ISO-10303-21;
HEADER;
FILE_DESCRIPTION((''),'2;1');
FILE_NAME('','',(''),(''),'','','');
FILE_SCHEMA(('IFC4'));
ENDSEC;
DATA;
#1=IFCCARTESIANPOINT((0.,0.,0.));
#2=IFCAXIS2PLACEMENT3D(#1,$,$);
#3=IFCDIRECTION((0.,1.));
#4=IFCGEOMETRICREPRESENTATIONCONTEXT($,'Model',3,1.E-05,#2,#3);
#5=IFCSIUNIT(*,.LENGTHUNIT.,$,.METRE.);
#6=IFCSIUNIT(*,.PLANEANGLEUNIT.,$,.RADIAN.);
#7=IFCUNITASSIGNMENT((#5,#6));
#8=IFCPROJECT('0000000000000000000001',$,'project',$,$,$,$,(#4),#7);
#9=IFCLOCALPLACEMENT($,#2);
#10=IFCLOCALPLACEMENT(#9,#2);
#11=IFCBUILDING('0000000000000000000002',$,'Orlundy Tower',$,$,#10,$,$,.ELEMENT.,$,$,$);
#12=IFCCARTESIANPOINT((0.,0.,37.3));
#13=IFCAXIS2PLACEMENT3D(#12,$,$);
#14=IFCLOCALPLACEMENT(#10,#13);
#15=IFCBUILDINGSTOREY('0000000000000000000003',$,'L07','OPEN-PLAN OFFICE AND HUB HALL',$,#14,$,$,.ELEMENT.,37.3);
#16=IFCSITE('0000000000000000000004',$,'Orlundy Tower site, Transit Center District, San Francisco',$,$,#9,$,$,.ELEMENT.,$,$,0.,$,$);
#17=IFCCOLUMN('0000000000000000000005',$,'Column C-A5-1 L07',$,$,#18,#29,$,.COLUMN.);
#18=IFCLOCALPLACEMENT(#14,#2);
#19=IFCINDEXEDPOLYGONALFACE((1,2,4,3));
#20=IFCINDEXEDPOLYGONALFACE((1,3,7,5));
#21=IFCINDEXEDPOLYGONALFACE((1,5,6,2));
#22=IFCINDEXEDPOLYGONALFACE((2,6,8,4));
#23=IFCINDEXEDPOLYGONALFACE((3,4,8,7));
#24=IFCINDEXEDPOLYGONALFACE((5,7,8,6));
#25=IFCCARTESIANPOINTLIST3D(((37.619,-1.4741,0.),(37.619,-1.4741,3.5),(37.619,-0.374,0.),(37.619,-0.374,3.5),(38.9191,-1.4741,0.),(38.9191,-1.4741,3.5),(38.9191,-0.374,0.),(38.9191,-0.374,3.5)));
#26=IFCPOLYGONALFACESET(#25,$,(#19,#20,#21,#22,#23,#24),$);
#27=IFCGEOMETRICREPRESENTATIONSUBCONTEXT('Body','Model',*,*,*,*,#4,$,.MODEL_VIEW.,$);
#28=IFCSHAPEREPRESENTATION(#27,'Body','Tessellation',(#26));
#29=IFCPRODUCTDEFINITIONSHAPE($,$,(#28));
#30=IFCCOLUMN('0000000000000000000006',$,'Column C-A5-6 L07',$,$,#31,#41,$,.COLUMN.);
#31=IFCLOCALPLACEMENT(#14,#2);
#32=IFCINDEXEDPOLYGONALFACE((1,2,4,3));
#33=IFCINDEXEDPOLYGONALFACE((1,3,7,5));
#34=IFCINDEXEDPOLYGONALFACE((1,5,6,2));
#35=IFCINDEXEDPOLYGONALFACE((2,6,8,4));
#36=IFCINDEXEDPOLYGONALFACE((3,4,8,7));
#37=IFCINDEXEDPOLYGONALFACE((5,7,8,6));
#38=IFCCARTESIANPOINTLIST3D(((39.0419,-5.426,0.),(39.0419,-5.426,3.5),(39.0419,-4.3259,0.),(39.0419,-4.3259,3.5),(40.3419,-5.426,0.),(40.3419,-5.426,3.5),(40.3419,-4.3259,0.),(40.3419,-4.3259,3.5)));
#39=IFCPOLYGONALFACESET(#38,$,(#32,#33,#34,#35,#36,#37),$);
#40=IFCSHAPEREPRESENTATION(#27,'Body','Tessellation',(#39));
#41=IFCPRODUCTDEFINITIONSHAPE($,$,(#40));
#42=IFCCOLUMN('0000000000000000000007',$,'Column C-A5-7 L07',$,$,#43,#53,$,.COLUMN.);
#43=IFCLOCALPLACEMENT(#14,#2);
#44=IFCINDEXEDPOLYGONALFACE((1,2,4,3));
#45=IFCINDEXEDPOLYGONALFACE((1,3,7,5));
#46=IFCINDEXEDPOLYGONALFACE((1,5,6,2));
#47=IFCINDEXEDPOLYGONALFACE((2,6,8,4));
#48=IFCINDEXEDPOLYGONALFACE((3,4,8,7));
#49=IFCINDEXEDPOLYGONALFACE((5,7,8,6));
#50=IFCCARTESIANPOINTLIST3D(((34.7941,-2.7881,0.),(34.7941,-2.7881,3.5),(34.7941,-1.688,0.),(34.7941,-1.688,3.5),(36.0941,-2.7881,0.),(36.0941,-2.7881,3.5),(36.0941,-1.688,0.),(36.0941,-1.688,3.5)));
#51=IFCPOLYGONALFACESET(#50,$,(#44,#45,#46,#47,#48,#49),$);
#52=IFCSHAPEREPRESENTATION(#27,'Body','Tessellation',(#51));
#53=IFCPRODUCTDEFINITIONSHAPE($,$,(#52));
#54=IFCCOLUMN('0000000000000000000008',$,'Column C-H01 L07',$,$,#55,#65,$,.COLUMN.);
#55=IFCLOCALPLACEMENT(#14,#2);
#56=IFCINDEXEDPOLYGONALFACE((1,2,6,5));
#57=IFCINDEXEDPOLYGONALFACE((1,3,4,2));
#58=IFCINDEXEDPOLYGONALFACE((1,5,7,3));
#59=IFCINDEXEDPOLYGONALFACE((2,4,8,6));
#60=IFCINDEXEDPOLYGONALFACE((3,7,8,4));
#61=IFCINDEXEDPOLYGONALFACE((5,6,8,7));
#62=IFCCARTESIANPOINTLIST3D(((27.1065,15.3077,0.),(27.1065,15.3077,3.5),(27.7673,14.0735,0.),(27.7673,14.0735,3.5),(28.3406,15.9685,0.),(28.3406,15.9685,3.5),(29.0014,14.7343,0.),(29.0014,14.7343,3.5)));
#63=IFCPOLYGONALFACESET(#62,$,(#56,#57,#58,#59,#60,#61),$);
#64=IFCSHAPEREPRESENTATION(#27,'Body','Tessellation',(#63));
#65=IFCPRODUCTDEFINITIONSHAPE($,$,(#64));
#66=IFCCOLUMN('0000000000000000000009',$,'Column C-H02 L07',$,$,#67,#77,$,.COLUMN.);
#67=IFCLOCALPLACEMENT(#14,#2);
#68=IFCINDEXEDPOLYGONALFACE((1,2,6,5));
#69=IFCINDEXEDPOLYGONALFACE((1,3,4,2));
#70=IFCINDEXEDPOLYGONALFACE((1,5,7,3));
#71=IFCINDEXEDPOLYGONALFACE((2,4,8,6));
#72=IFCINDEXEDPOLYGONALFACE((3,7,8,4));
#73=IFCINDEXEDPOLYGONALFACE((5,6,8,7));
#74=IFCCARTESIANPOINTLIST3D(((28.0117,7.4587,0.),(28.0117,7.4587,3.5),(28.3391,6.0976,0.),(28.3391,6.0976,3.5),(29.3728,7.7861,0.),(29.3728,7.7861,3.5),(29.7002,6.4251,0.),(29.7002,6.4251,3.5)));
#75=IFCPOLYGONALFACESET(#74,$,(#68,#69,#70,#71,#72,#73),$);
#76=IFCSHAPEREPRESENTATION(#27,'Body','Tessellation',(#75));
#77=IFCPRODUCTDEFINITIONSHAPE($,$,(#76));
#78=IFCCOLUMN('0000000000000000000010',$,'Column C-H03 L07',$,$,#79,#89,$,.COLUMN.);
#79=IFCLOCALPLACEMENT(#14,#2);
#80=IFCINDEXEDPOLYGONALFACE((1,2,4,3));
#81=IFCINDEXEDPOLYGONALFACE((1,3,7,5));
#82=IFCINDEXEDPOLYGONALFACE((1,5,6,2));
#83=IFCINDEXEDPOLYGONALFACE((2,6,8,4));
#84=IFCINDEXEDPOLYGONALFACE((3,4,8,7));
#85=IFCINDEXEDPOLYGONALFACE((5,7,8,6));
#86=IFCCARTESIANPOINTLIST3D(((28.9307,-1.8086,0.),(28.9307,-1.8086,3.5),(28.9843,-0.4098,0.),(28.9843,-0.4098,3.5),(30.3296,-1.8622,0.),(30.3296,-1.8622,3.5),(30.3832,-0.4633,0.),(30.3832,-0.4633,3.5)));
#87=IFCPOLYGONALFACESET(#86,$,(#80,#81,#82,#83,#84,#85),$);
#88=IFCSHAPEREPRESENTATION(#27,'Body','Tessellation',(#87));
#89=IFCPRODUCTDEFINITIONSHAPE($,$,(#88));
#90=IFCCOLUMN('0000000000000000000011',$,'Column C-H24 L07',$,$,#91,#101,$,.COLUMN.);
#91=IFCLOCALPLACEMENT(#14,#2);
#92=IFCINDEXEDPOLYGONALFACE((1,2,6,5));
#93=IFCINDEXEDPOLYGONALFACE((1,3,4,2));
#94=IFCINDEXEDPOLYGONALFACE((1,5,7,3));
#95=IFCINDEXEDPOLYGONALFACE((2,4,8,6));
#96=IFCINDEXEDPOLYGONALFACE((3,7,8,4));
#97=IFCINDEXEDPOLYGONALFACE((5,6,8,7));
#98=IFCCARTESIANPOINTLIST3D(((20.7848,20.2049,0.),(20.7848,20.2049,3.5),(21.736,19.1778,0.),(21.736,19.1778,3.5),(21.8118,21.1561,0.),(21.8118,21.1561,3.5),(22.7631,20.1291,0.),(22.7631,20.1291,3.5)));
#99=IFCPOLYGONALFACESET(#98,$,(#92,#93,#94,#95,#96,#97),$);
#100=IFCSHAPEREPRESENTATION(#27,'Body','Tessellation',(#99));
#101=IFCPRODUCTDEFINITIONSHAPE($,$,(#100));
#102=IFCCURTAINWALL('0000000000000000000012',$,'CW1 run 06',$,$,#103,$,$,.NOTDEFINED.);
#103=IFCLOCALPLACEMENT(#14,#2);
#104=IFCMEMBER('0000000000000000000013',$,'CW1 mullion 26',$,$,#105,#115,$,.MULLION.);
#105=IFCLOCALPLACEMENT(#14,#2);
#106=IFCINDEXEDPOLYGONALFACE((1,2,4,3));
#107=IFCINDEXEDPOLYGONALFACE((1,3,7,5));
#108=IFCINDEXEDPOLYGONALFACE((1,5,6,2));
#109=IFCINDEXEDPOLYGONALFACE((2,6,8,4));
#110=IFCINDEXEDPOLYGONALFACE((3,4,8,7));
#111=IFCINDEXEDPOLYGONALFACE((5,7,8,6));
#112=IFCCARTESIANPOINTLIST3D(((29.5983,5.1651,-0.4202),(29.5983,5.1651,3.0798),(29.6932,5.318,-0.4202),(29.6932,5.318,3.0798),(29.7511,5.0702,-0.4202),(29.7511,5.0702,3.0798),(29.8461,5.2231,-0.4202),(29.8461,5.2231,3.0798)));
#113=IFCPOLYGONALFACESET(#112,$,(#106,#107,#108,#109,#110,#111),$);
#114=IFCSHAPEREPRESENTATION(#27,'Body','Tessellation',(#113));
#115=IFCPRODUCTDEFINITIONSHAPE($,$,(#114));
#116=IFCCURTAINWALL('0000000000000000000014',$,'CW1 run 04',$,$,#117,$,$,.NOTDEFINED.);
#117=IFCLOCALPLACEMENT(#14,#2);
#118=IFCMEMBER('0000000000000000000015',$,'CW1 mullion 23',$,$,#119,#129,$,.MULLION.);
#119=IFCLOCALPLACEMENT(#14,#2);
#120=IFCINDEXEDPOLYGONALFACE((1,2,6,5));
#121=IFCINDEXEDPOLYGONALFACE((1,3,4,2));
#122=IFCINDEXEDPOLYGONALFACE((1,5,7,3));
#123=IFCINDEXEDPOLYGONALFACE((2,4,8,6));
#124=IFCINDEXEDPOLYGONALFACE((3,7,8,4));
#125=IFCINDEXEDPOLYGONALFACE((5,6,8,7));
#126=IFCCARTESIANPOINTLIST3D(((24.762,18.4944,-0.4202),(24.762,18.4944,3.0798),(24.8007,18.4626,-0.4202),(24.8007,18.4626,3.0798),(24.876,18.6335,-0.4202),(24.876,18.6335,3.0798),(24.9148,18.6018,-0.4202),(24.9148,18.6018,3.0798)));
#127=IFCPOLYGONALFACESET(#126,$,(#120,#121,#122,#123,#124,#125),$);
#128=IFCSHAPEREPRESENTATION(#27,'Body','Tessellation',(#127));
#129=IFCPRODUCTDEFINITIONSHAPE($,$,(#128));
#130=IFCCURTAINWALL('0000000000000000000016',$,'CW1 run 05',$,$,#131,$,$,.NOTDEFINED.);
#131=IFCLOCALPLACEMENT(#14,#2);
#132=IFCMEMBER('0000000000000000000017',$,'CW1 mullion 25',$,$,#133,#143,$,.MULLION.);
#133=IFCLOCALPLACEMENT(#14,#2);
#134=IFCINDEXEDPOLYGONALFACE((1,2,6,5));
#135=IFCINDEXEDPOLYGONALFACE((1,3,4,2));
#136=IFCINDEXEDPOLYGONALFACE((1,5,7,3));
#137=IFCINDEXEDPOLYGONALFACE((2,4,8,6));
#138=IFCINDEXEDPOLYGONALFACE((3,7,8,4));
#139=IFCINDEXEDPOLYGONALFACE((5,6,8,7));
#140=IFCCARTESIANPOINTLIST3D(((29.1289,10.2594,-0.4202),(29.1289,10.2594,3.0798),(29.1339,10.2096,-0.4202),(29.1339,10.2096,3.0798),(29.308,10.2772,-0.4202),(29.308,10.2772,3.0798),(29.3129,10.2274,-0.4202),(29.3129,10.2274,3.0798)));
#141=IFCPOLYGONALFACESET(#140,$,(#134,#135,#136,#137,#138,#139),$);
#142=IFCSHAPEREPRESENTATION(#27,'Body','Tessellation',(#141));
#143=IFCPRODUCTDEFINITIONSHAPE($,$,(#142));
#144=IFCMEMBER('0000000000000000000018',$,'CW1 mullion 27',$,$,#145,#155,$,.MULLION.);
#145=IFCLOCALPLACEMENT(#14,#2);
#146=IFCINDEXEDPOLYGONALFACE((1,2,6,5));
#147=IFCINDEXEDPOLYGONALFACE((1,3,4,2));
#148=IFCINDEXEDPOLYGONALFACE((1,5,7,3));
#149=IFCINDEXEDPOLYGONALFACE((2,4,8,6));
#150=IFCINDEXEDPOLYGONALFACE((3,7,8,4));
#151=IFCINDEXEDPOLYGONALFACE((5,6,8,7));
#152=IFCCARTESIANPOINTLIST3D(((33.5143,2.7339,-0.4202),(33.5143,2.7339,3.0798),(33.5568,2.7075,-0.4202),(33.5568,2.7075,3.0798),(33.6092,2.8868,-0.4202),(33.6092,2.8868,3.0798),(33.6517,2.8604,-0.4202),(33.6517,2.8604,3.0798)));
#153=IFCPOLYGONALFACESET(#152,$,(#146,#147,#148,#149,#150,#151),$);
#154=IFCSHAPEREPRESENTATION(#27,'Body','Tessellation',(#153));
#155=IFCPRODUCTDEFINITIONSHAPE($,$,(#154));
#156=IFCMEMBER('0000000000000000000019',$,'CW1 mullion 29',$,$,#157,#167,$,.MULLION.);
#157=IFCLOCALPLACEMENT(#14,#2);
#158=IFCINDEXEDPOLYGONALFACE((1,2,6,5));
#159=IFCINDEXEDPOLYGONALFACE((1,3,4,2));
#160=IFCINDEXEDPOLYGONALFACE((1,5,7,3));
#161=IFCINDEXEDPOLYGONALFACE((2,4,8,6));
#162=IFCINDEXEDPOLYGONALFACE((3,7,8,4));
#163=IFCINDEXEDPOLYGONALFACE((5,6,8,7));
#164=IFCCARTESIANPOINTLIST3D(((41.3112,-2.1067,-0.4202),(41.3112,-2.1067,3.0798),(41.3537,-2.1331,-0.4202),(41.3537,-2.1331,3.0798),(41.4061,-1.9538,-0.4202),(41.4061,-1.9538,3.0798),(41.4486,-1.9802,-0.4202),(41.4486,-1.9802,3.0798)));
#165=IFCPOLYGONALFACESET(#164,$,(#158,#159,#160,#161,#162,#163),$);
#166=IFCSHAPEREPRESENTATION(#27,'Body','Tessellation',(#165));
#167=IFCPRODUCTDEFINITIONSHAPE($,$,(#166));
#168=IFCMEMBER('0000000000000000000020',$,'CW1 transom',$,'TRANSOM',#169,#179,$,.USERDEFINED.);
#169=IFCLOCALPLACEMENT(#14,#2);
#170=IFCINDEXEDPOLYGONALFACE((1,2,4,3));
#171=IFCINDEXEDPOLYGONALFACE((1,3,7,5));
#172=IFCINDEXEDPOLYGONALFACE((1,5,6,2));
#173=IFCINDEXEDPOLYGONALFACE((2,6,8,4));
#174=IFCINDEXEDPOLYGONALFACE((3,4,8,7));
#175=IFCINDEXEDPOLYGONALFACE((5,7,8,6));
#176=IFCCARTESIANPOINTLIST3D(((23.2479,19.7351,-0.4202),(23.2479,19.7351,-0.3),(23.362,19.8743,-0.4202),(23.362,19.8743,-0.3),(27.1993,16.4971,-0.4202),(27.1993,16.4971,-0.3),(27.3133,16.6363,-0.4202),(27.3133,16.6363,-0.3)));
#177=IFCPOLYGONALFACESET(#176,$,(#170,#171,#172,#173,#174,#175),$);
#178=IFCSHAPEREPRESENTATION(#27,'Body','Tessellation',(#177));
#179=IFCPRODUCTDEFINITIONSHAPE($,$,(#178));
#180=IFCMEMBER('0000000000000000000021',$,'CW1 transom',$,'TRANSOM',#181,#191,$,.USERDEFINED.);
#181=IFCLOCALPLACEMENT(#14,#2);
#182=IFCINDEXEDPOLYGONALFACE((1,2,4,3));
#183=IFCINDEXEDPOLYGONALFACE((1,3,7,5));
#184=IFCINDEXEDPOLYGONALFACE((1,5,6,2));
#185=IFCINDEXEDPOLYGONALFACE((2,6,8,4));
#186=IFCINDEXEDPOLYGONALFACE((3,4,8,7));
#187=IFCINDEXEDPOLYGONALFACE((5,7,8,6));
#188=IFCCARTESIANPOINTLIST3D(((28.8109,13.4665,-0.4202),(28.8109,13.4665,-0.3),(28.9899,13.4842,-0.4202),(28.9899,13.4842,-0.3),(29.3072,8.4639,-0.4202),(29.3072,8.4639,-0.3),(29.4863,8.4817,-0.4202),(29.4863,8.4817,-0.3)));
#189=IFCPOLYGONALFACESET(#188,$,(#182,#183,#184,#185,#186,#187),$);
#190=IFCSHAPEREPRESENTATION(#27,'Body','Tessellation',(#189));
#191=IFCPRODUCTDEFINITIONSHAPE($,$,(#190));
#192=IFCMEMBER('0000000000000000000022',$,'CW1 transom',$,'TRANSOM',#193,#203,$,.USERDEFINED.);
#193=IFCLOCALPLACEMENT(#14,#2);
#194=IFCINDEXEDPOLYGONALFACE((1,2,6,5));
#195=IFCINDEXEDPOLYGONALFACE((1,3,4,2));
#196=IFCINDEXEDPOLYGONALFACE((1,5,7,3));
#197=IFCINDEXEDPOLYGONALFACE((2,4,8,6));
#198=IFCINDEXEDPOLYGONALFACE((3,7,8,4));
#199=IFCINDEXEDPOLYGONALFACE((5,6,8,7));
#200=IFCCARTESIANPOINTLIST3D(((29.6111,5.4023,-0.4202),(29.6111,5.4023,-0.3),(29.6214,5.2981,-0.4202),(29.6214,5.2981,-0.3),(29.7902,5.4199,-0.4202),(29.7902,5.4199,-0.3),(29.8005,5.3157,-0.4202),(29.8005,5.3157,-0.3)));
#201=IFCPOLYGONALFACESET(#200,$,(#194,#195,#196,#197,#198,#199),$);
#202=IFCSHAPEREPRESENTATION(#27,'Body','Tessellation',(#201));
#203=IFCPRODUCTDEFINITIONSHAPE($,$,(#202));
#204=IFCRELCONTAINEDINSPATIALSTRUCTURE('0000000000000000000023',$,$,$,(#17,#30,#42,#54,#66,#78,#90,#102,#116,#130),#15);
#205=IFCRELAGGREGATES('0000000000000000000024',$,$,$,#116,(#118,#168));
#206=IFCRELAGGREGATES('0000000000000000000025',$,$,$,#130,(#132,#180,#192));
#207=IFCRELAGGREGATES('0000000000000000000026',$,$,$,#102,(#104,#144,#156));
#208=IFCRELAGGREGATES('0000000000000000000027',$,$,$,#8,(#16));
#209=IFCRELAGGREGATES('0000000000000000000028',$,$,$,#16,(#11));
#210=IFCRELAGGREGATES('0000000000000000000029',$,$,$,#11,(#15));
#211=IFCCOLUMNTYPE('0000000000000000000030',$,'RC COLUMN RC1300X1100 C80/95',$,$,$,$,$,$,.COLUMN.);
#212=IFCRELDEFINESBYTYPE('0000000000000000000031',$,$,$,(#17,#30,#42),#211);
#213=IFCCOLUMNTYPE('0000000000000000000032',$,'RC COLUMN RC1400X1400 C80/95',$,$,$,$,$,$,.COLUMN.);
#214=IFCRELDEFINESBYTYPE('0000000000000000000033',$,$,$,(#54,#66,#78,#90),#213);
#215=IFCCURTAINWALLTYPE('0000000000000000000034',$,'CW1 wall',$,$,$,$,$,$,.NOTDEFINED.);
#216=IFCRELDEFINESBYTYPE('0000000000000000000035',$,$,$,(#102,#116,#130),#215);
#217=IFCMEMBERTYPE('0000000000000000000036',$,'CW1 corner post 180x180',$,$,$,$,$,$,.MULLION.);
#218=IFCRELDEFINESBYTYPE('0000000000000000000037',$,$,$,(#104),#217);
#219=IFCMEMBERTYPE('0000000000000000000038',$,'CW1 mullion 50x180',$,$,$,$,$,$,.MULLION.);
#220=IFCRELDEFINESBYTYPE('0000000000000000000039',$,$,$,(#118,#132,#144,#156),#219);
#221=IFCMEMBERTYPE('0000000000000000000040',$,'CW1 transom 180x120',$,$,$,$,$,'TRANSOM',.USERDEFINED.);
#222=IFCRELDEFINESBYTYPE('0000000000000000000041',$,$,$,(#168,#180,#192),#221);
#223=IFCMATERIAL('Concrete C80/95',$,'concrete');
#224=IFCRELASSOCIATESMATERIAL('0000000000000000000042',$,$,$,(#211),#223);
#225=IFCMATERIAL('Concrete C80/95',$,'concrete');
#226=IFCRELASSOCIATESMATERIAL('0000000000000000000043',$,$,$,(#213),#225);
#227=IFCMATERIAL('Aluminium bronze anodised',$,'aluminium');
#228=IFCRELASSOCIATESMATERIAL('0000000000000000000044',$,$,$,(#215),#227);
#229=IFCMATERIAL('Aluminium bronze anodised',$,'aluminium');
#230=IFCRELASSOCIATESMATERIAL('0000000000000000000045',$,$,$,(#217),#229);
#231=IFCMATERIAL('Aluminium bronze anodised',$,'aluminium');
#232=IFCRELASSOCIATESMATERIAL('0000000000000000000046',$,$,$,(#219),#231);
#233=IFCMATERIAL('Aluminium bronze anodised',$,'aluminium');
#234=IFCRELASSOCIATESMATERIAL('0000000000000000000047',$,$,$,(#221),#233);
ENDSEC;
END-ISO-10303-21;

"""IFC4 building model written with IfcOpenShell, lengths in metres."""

from ifc_helpers import new_model, si_unit, direction, frame, origin, origin_2d, place, context, subcontext, project, spatial, rectangle, extrude, material, material_profile, profile_set, type_object, element, aggregate, save


model = new_model("IFC4")

# Units and contexts
model_context = context("Model", 3, precision=1e-05, world=origin(), true_north=direction((0.0, 1.0)))
body_context = subcontext(model_context, "Body", "Model", "MODEL_VIEW")
ifc_project = project(units=[si_unit("LENGTHUNIT", "METRE"), si_unit("PLANEANGLEUNIT", "RADIAN")], contexts=[model_context])

# Site, building, storey
site_placement = place(None, origin())
site = spatial("IfcSite", under=ifc_project, at=site_placement, Name="Orlundy Tower site, Transit Center District, San Francisco", CompositionType="ELEMENT", RefElevation=0.0)
building_placement = place(site_placement, origin())
building = spatial("IfcBuilding", under=site, at=building_placement, Name="Orlundy Tower", CompositionType="ELEMENT")
storey_placement = place(building_placement, frame((0.0, 0.0, 37.3)))
storey = spatial("IfcBuildingStorey", under=building, at=storey_placement, Name="L07", Description="OPEN-PLAN OFFICE AND HUB HALL", CompositionType="ELEMENT", Elevation=37.3)

# Columns
ifc_material_1 = material(Name="Concrete C80/95", Category="concrete")
ifc_material_profile_1 = material_profile(ifc_material_1, rectangle(XDim=1.3, YDim=1.1001, at=origin_2d()), Name="RC1300X1100")
ifc_profile_set_1 = profile_set([ifc_material_profile_1], Name="Concrete C80/95")
column_type_1 = type_object("IfcColumnType", Name="RC COLUMN RC1300X1100 C80/95", PredefinedType="COLUMN", material=ifc_profile_set_1)
for number, where, z_axis, x_axis, name in (
    (1, (38.269, -0.9241, 0.0), (0.0, 0.0, 1.0), (1.0, 0.0, 0.0), "Column C-A5-1 L07"),
    (2, (39.6919, -4.876, 0.0), (0.0, 0.0, 1.0), (1.0, 0.0, 0.0), "Column C-A5-6 L07"),
    (3, (35.4441, -2.238, 0.0), (0.0, 0.0, 1.0), (1.0, 0.0, 0.0), "Column C-A5-7 L07"),
):
    element("IfcColumn", number, at=place(storey_placement, frame(where, z_axis=z_axis, x_axis=x_axis)), inside=storey, type_object=column_type_1, Name=name, PredefinedType="COLUMN", context=body_context, shape_type="SweptSolid", body=[
        extrude(rectangle(XDim=1.3, YDim=1.1001, at=origin_2d()), origin(), (0.0, 0.0, 1.0), 3.5),
    ])
ifc_material_2 = material(Name="Concrete C80/95", Category="concrete")
ifc_material_profile_2 = material_profile(ifc_material_2, rectangle(XDim=1.3999, YDim=1.3999, at=origin_2d()), Name="RC1400X1400")
ifc_profile_set_2 = profile_set([ifc_material_profile_2], Name="Concrete C80/95")
column_type_2 = type_object("IfcColumnType", Name="RC COLUMN RC1400X1400 C80/95", PredefinedType="COLUMN", material=ifc_profile_set_2)
for number, where, z_axis, x_axis, name in (
    (4, (28.054, 15.021, 0.0), (0.0, 0.0, 1.0), (0.881584, 0.472028, 0.0), "Column C-H01 L07"),
    (5, (28.856, 6.9419, 0.0), (0.0, 0.0, 1.0), (0.97226, 0.233904, 0.0), "Column C-H02 L07"),
    (6, (29.657, -1.136, 0.0), (0.0, 0.0, 1.0), (0.999267, -0.038283, 0.0), "Column C-H03 L07"),
    (7, (21.7739, 20.167, 0.0), (0.0, 0.0, 1.0), (0.733659, 0.679518, 0.0), "Column C-H24 L07"),
):
    element("IfcColumn", number, at=place(storey_placement, frame(where, z_axis=z_axis, x_axis=x_axis)), inside=storey, type_object=column_type_2, Name=name, PredefinedType="COLUMN", context=body_context, shape_type="SweptSolid", body=[
        extrude(rectangle(XDim=1.3999, YDim=1.3999, at=origin_2d()), origin(), (0.0, 0.0, 1.0), 3.5),
    ])

# Curtain walls, members
ifc_material_3 = material(Name="Aluminium bronze anodised", Category="aluminium")
curtain_wall_type = type_object("IfcCurtainWallType", Name="CW1 wall", PredefinedType="NOTDEFINED", material=ifc_material_3)
curtain_wall_1_placement = place(storey_placement, origin())
curtain_wall_1 = element("IfcCurtainWall", 8, at=curtain_wall_1_placement, inside=storey, type_object=curtain_wall_type, Name="CW1 run 06", PredefinedType="NOTDEFINED")
ifc_material_4 = material(Name="Aluminium bronze anodised", Category="aluminium")
ifc_material_profile_3 = material_profile(ifc_material_4, rectangle(XDim=0.1799, YDim=0.1799, at=origin_2d()), Name="CW1 corner post 180x180")
ifc_profile_set_3 = profile_set([ifc_material_profile_3], Name="Aluminium bronze anodised")
member_type_1 = type_object("IfcMemberType", Name="CW1 corner post 180x180", PredefinedType="MULLION", material=ifc_profile_set_3)
member_1_placement = place(storey_placement, frame((29.7222, 5.1941, -0.4202), z_axis=(0.0, 0.0, 1.0), x_axis=(0.527453, 0.849584, 0.0)))
member_1 = element("IfcMember", 9, at=member_1_placement, type_object=member_type_1, Name="CW1 mullion 26", PredefinedType="MULLION", context=body_context, shape_type="SweptSolid", body=[
    extrude(rectangle(XDim=0.1799, YDim=0.1799, at=origin_2d()), origin(), (0.0, 0.0, 1.0), 3.5),
])
curtain_wall_2_placement = place(storey_placement, origin())
curtain_wall_2 = element("IfcCurtainWall", 10, at=curtain_wall_2_placement, inside=storey, type_object=curtain_wall_type, Name="CW1 run 04", PredefinedType="NOTDEFINED")
ifc_material_5 = material(Name="Aluminium bronze anodised", Category="aluminium")
ifc_material_profile_4 = material_profile(ifc_material_5, rectangle(XDim=0.1799, YDim=0.05, at=origin_2d()), Name="CW1 mullion 50x180")
ifc_profile_set_4 = profile_set([ifc_material_profile_4], Name="Aluminium bronze anodised")
member_type_2 = type_object("IfcMemberType", Name="CW1 mullion 50x180", PredefinedType="MULLION", material=ifc_profile_set_4)
member_2_placement = place(storey_placement, frame((24.8384, 18.5481, -0.4202), z_axis=(0.0, 0.0, 1.0), x_axis=(0.633818, 0.773482, 0.0)))
member_2 = element("IfcMember", 11, at=member_2_placement, type_object=member_type_2, Name="CW1 mullion 23", PredefinedType="MULLION", context=body_context, shape_type="SweptSolid", body=[
    extrude(rectangle(XDim=0.1799, YDim=0.05, at=origin_2d()), origin(), (0.0, 0.0, 1.0), 3.5),
])
curtain_wall_3_placement = place(storey_placement, origin())
curtain_wall_3 = element("IfcCurtainWall", 12, at=curtain_wall_3_placement, inside=storey, type_object=curtain_wall_type, Name="CW1 run 05", PredefinedType="NOTDEFINED")
member_3_placement = place(storey_placement, frame((29.2209, 10.2434, -0.4202), z_axis=(0.0, 0.0, 1.0), x_axis=(0.995111, 0.098759, 0.0)))
member_3 = element("IfcMember", 13, at=member_3_placement, type_object=member_type_2, Name="CW1 mullion 25", PredefinedType="MULLION", context=body_context, shape_type="SweptSolid", body=[
    extrude(rectangle(XDim=0.1799, YDim=0.05, at=origin_2d()), origin(), (0.0, 0.0, 1.0), 3.5),
])

# Members
member_4_placement = place(storey_placement, frame((33.583, 2.7971, -0.4202), z_axis=(0.0, 0.0, 1.0), x_axis=(0.527453, 0.849584, 0.0)))
member_4 = element("IfcMember", 14, at=member_4_placement, type_object=member_type_2, Name="CW1 mullion 27", PredefinedType="MULLION", context=body_context, shape_type="SweptSolid", body=[
    extrude(rectangle(XDim=0.1799, YDim=0.05, at=origin_2d()), origin(), (0.0, 0.0, 1.0), 3.5),
])
member_5_placement = place(storey_placement, frame((41.3799, -2.0435, -0.4202), z_axis=(0.0, 0.0, 1.0), x_axis=(0.527453, 0.849584, 0.0)))
member_5 = element("IfcMember", 15, at=member_5_placement, type_object=member_type_2, Name="CW1 mullion 29", PredefinedType="MULLION", context=body_context, shape_type="SweptSolid", body=[
    extrude(rectangle(XDim=0.1799, YDim=0.05, at=origin_2d()), origin(), (0.0, 0.0, 1.0), 3.5),
])
ifc_material_6 = material(Name="Aluminium bronze anodised", Category="aluminium")
ifc_material_profile_5 = material_profile(ifc_material_6, rectangle(XDim=0.1799, YDim=0.1201, at=origin_2d()), Name="CW1 transom 180x120")
ifc_profile_set_5 = profile_set([ifc_material_profile_5], Name="Aluminium bronze anodised")
member_type_3 = type_object("IfcMemberType", Name="CW1 transom 180x120", ElementType="TRANSOM", PredefinedType="USERDEFINED", material=ifc_profile_set_5)
member_6_placement = place(storey_placement, frame((23.3049, 19.8047, -0.3601), z_axis=(0.773472, -0.633831, 0.0), x_axis=(0.633831, 0.773472, 0.0)))
member_6 = element("IfcMember", 16, at=member_6_placement, type_object=member_type_3, Name="CW1 transom", ObjectType="TRANSOM", PredefinedType="USERDEFINED", context=body_context, shape_type="SweptSolid", body=[
    extrude(rectangle(XDim=0.1799, YDim=0.1201, at=origin_2d()), origin(), (0.0, 0.0, 1.0), 5.1086),
])
member_7_placement = place(storey_placement, frame((28.9004, 13.4753, -0.3601), z_axis=(0.098734, -0.995114, 0.0), x_axis=(0.995114, 0.098734, 0.0)))
member_7 = element("IfcMember", 17, at=member_7_placement, type_object=member_type_3, Name="CW1 transom", ObjectType="TRANSOM", PredefinedType="USERDEFINED", context=body_context, shape_type="SweptSolid", body=[
    extrude(rectangle(XDim=0.1799, YDim=0.1201, at=origin_2d()), origin(), (0.0, 0.0, 1.0), 5.0271),
])
member_8_placement = place(storey_placement, frame((29.7007, 5.4111, -0.3601), z_axis=(0.097888, -0.995197, 0.0), x_axis=(0.995197, 0.097888, 0.0)))
member_8 = element("IfcMember", 18, at=member_8_placement, type_object=member_type_3, Name="CW1 transom", ObjectType="TRANSOM", PredefinedType="USERDEFINED", context=body_context, shape_type="SweptSolid", body=[
    extrude(rectangle(XDim=0.1799, YDim=0.1201, at=origin_2d()), origin(), (0.0, 0.0, 1.0), 0.1047),
])

aggregate(curtain_wall_2, [member_2, member_6])
aggregate(curtain_wall_3, [member_3, member_7, member_8])
aggregate(curtain_wall_1, [member_1, member_4, member_5])

save(model, "model.ifc")
